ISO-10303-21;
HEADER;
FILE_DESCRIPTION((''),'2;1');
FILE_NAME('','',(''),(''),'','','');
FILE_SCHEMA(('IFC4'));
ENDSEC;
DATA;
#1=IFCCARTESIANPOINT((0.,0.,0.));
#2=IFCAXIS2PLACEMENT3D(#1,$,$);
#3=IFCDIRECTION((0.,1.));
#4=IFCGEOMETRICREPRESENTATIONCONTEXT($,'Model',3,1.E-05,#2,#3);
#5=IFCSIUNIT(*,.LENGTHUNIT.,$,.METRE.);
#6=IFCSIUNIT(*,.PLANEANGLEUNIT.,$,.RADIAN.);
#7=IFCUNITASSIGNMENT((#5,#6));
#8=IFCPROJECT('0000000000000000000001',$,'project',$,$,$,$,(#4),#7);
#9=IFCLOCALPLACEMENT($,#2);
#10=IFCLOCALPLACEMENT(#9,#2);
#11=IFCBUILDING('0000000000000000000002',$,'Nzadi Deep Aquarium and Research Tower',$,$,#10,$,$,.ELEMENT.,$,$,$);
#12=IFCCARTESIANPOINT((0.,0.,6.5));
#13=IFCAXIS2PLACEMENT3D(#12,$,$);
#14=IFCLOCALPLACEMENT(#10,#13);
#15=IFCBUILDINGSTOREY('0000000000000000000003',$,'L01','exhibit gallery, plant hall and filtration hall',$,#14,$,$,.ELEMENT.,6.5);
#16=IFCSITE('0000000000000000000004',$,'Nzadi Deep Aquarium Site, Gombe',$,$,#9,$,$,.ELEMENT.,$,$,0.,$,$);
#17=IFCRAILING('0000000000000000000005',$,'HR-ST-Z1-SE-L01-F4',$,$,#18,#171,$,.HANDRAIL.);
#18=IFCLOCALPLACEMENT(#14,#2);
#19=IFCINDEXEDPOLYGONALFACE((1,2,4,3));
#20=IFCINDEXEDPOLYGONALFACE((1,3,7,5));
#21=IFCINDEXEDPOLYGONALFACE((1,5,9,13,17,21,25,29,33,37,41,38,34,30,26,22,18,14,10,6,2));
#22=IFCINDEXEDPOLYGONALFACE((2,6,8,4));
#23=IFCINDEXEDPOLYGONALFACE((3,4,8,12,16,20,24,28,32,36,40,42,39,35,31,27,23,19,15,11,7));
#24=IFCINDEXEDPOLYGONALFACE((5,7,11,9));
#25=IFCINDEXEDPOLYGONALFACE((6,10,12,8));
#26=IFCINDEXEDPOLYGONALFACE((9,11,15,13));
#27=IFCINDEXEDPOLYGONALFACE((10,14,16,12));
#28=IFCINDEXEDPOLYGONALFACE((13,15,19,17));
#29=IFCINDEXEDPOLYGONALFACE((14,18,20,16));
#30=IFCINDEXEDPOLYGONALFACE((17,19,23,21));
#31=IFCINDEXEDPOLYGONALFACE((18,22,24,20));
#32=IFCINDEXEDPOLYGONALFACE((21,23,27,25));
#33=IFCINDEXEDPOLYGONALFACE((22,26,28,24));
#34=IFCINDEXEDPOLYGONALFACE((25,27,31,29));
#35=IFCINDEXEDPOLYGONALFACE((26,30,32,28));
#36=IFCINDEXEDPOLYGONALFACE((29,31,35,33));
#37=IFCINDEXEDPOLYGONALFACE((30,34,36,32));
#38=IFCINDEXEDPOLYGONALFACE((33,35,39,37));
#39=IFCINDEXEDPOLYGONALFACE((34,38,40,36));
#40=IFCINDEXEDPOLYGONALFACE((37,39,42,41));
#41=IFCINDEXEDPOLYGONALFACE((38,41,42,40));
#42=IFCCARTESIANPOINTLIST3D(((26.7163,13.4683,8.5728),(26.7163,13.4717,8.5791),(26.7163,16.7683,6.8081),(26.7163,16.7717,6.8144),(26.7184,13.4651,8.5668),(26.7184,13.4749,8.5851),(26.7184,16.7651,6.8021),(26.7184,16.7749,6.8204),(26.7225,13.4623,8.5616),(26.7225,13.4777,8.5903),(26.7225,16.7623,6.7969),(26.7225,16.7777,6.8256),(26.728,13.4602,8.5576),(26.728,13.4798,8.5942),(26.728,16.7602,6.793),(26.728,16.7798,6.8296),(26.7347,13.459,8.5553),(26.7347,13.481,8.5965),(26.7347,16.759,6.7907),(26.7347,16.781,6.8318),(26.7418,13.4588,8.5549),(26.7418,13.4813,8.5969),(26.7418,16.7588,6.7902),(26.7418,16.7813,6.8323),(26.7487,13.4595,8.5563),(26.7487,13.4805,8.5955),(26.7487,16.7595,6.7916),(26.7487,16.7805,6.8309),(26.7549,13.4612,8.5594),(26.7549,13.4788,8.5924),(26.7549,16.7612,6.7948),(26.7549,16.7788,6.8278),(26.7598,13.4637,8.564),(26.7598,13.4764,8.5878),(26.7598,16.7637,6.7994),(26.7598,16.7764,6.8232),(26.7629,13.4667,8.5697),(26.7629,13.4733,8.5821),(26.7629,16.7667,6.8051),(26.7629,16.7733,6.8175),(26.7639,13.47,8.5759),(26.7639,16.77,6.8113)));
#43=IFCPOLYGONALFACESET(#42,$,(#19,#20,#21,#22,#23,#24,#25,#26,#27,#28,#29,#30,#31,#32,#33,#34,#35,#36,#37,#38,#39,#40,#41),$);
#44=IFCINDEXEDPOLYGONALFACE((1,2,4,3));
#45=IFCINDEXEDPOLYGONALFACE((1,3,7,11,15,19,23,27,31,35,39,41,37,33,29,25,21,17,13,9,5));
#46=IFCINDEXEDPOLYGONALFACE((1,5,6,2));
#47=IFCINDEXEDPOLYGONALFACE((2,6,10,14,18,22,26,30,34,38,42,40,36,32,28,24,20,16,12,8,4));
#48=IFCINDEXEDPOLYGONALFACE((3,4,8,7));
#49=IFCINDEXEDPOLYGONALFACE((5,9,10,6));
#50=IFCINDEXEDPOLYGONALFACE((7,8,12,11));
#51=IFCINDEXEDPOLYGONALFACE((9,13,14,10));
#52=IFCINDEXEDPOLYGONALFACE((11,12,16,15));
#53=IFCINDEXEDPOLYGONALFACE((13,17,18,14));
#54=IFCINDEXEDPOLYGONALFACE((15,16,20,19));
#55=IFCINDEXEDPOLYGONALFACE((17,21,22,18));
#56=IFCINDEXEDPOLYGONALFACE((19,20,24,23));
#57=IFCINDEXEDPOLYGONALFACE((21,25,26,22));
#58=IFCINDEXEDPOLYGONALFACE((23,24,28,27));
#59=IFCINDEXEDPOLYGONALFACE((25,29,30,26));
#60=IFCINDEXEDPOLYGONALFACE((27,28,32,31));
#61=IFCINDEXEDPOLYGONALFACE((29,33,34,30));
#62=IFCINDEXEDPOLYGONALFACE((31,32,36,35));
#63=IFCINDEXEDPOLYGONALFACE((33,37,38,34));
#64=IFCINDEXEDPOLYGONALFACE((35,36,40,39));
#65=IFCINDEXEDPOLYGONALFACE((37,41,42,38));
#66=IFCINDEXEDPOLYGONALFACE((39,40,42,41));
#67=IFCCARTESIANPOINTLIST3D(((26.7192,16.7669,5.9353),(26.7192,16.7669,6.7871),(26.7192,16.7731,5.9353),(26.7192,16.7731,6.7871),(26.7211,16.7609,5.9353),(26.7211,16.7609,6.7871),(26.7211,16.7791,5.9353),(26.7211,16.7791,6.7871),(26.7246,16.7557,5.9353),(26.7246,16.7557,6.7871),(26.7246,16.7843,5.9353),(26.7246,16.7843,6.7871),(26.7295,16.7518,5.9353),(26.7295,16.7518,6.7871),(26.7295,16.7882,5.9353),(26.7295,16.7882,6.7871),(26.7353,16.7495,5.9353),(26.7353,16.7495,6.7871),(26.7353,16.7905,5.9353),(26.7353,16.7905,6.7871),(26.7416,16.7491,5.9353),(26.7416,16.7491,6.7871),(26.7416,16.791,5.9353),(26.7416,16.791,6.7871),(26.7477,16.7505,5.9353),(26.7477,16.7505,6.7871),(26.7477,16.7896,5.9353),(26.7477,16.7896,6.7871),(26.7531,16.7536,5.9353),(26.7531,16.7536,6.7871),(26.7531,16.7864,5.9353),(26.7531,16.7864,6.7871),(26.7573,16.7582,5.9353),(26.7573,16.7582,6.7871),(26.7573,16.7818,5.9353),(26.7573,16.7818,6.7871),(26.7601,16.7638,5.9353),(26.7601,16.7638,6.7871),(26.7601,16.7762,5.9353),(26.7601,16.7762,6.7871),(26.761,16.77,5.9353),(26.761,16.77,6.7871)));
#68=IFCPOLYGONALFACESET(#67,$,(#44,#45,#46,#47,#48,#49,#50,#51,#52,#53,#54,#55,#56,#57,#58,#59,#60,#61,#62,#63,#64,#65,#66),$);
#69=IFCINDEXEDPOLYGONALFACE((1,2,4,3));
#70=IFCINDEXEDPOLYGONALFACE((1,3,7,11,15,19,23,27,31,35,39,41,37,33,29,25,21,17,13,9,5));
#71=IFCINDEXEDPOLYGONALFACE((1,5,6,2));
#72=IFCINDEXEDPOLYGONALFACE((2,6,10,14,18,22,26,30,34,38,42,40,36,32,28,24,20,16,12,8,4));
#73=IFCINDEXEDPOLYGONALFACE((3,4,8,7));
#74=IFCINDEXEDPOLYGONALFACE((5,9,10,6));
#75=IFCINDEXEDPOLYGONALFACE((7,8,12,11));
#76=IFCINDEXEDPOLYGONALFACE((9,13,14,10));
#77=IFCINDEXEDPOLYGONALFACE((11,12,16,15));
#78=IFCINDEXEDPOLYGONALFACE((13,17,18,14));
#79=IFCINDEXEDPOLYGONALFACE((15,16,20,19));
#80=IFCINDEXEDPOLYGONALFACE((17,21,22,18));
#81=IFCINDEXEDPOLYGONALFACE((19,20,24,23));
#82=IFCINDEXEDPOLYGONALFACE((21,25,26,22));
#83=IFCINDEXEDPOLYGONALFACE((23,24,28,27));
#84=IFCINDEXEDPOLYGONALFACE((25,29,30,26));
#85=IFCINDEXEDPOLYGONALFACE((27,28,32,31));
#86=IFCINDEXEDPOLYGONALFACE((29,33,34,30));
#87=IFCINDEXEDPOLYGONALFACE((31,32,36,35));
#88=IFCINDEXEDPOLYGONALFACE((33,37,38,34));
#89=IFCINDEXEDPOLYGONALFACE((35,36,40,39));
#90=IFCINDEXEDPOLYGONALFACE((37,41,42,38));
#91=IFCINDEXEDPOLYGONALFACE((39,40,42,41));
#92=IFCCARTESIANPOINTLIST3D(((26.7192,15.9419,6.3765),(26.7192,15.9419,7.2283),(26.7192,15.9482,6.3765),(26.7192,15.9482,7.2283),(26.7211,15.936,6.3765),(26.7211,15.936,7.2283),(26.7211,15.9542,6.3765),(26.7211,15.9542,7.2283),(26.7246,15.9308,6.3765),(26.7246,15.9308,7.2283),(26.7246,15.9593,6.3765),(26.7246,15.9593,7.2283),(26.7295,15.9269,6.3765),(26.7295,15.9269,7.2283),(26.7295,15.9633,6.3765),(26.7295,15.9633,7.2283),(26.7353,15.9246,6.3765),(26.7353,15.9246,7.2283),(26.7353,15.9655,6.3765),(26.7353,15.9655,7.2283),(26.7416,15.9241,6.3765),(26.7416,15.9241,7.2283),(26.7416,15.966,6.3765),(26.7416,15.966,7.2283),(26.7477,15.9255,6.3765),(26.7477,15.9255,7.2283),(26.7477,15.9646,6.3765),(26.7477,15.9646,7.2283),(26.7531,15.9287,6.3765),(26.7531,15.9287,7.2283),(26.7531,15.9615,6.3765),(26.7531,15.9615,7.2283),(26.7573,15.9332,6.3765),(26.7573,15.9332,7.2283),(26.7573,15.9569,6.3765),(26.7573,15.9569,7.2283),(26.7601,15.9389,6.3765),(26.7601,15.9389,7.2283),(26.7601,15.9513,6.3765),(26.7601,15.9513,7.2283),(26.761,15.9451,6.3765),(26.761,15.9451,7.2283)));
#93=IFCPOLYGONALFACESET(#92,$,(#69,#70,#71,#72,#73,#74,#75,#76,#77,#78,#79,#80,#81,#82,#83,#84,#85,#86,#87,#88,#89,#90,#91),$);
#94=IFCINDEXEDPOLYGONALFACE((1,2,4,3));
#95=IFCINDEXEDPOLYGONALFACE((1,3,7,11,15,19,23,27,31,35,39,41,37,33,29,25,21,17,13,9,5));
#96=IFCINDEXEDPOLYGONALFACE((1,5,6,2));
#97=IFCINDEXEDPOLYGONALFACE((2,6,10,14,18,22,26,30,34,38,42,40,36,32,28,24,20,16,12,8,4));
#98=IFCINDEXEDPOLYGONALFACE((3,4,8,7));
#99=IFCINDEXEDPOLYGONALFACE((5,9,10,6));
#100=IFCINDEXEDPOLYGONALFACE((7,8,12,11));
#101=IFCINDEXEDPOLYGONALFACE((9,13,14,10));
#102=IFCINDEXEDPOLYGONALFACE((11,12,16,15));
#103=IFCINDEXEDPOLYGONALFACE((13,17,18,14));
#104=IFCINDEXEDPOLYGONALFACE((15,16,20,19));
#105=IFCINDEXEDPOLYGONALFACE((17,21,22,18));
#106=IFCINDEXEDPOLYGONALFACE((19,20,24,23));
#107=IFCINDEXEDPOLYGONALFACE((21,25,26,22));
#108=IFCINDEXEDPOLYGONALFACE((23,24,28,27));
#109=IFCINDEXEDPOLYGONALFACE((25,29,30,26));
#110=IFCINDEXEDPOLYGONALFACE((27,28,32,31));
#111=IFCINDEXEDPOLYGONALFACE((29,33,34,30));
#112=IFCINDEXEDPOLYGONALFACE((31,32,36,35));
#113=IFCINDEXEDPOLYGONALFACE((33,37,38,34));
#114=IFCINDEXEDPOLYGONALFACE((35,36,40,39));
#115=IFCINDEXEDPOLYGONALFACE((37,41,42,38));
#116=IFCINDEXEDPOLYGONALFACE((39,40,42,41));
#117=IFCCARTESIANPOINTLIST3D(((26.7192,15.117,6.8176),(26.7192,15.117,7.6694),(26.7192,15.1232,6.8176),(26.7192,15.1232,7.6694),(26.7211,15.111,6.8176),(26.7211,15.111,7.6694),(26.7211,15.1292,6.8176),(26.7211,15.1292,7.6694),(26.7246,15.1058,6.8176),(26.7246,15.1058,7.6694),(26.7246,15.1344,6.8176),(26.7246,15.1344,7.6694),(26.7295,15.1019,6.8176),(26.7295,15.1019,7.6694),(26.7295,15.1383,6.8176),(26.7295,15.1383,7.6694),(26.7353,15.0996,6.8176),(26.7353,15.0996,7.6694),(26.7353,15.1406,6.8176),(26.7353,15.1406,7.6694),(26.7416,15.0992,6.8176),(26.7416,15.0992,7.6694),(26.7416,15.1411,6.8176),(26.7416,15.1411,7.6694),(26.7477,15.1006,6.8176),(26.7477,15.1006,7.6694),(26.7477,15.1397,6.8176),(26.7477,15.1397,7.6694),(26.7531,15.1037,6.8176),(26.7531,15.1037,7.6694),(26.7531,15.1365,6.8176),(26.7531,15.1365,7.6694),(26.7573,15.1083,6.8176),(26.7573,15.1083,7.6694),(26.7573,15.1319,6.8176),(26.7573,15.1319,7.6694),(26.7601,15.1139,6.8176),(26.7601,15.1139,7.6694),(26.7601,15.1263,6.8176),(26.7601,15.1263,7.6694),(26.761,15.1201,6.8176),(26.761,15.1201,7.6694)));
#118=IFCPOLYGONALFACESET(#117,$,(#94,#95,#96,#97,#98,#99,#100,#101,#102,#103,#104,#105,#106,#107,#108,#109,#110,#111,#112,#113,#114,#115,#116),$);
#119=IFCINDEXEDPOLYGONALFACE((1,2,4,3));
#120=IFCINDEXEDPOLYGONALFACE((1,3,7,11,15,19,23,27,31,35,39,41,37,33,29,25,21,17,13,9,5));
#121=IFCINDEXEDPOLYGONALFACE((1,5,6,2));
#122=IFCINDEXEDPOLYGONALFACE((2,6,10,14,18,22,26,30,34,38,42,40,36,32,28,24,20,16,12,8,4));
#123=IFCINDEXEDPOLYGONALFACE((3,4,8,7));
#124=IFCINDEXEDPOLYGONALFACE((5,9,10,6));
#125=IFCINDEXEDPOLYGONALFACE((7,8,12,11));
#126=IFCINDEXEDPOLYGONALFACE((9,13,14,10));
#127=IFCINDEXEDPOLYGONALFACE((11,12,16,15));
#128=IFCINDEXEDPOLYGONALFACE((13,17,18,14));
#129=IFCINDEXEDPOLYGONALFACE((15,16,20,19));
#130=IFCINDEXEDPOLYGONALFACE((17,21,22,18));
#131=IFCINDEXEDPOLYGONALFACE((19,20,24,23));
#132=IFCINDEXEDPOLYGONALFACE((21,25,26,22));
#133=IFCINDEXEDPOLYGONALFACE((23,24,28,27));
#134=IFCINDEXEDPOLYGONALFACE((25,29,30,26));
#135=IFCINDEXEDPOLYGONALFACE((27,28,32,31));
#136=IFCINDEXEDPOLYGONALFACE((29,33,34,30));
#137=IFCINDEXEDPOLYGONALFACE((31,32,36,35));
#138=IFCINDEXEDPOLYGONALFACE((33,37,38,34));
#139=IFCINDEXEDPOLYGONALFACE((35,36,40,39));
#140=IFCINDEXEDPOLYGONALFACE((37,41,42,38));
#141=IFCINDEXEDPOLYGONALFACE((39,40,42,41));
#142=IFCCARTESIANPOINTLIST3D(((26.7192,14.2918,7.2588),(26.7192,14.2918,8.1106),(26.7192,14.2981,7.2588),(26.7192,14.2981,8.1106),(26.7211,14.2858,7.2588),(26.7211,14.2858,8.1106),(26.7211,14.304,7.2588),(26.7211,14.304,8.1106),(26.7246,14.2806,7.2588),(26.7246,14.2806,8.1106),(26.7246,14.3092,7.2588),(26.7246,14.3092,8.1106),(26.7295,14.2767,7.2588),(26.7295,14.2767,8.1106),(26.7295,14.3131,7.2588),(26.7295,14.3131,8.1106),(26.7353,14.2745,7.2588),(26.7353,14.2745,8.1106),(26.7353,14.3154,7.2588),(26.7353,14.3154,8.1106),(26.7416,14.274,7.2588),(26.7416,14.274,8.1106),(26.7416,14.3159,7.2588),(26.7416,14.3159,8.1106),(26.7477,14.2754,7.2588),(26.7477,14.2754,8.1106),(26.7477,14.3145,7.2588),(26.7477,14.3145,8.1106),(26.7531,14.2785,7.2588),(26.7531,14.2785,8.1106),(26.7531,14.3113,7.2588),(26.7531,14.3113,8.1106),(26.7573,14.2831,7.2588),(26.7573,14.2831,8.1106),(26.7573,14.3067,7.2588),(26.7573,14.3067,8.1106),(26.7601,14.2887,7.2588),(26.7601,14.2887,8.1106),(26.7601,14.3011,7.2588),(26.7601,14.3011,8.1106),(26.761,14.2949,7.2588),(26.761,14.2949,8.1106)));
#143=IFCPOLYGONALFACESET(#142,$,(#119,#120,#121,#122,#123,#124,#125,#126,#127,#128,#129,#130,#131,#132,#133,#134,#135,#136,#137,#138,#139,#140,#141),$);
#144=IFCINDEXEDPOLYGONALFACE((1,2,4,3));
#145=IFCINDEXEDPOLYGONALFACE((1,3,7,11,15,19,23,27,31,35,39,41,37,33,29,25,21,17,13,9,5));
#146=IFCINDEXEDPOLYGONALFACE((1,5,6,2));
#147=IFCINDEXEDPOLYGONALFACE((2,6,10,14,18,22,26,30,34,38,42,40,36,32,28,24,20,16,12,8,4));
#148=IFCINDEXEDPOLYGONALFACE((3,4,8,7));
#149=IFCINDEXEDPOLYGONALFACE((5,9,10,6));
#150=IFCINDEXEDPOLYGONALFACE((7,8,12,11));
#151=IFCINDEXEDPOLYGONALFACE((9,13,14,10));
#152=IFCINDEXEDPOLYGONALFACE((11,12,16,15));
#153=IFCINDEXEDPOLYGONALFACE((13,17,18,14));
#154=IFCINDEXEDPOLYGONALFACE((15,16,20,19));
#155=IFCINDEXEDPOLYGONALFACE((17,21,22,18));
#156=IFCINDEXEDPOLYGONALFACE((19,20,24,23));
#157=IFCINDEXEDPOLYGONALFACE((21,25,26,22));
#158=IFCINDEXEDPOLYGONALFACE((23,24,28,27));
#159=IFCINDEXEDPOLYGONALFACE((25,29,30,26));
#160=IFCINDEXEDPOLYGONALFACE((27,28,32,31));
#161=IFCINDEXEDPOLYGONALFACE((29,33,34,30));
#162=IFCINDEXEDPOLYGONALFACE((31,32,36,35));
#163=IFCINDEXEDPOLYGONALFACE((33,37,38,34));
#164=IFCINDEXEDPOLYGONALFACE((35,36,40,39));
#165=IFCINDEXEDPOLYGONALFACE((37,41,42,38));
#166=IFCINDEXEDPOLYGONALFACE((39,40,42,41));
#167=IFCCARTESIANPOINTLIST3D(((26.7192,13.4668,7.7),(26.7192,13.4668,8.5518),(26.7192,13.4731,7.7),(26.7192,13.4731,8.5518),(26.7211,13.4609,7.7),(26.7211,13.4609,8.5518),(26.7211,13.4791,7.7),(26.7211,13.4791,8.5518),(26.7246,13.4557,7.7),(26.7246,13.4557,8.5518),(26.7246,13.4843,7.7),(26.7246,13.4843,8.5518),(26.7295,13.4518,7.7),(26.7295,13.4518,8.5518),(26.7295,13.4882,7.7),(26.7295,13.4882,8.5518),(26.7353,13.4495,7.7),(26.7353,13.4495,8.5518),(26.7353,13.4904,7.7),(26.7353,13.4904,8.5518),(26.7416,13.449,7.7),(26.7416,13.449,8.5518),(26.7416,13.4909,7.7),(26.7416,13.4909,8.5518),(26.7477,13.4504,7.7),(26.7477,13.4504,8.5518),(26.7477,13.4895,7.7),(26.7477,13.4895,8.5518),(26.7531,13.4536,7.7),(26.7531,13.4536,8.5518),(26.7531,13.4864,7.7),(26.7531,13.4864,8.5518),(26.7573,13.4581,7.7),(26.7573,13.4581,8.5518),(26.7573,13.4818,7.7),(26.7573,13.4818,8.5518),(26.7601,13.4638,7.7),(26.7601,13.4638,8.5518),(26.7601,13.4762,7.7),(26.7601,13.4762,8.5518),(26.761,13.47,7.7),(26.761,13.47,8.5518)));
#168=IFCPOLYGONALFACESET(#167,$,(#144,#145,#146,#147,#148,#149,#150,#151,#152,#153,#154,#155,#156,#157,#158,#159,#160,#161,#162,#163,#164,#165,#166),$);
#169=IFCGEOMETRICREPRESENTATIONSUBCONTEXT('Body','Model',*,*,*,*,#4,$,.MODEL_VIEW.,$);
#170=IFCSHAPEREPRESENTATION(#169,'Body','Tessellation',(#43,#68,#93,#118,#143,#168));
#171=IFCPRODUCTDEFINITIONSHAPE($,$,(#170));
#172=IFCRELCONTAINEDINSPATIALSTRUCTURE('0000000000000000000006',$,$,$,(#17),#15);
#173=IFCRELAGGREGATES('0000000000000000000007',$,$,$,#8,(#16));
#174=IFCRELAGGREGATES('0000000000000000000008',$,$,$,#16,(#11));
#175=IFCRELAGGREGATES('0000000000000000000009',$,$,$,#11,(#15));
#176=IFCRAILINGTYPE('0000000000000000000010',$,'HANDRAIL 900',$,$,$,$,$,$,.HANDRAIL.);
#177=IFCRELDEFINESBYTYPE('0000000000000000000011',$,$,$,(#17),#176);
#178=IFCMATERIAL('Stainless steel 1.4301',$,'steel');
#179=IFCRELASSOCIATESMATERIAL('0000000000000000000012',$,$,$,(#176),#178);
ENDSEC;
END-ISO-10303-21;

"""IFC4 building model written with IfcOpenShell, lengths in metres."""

from ifc_helpers import new_model, si_unit, direction, frame, origin, origin_2d, place, context, subcontext, project, spatial, circle, extrude, material, type_object, element, save


model = new_model("IFC4")

# Units and contexts
model_context = context("Model", 3, precision=1e-05, world=origin(), true_north=direction((0.0, 1.0)))
body_context = subcontext(model_context, "Body", "Model", "MODEL_VIEW")
ifc_project = project(units=[si_unit("LENGTHUNIT", "METRE"), si_unit("PLANEANGLEUNIT", "RADIAN")], contexts=[model_context])

# Site, building, storey
site_placement = place(None, origin())
site = spatial("IfcSite", under=ifc_project, at=site_placement, Name="Nzadi Deep Aquarium Site, Gombe", CompositionType="ELEMENT", RefElevation=0.0)
building_placement = place(site_placement, origin())
building = spatial("IfcBuilding", under=site, at=building_placement, Name="Nzadi Deep Aquarium and Research Tower", CompositionType="ELEMENT")
storey_placement = place(building_placement, frame((0.0, 0.0, 6.5)))
storey = spatial("IfcBuildingStorey", under=building, at=storey_placement, Name="L01", Description="exhibit gallery, plant hall and filtration hall", CompositionType="ELEMENT", Elevation=6.5)

# Railing
ifc_material_1 = material(Name="Stainless steel 1.4301", Category="steel")
railing_type = type_object("IfcRailingType", Name="HANDRAIL 900", PredefinedType="HANDRAIL", material=ifc_material_1)
for number, where, name in (
    (1, (26.74, 16.77, 5.9353), "HR-ST-Z1-SE-L01-F4"),
):
    element("IfcRailing", number, at=place(storey_placement, frame(where)), inside=storey, type_object=railing_type, Name=name, PredefinedType="HANDRAIL", context=body_context, shape_type="SweptSolid", body=[
        extrude(circle(Radius=0.0239, at=origin_2d()), frame((0.0, 0.0, 0.876), z_axis=(0.0, -0.88184, 0.47155), x_axis=(1.0, 0.0, 0.0)), (0.0, 0.0, 1.0), 3.7422),
        extrude(circle(Radius=0.021, at=origin_2d()), origin(), (0.0, 0.0, 1.0), 0.8518),
        extrude(circle(Radius=0.021, at=origin_2d()), frame((0.0, -0.825, 0.4412)), (0.0, 0.0, 1.0), 0.8518),
        extrude(circle(Radius=0.021, at=origin_2d()), frame((0.0, -1.6499, 0.8823)), (0.0, 0.0, 1.0), 0.8518),
        extrude(circle(Radius=0.021, at=origin_2d()), frame((0.0, -2.4751, 1.3235)), (0.0, 0.0, 1.0), 0.8518),
        extrude(circle(Radius=0.021, at=origin_2d()), frame((0.0, -3.3, 1.7646)), (0.0, 0.0, 1.0), 0.8518),
    ])

save(model, "model.ifc")
